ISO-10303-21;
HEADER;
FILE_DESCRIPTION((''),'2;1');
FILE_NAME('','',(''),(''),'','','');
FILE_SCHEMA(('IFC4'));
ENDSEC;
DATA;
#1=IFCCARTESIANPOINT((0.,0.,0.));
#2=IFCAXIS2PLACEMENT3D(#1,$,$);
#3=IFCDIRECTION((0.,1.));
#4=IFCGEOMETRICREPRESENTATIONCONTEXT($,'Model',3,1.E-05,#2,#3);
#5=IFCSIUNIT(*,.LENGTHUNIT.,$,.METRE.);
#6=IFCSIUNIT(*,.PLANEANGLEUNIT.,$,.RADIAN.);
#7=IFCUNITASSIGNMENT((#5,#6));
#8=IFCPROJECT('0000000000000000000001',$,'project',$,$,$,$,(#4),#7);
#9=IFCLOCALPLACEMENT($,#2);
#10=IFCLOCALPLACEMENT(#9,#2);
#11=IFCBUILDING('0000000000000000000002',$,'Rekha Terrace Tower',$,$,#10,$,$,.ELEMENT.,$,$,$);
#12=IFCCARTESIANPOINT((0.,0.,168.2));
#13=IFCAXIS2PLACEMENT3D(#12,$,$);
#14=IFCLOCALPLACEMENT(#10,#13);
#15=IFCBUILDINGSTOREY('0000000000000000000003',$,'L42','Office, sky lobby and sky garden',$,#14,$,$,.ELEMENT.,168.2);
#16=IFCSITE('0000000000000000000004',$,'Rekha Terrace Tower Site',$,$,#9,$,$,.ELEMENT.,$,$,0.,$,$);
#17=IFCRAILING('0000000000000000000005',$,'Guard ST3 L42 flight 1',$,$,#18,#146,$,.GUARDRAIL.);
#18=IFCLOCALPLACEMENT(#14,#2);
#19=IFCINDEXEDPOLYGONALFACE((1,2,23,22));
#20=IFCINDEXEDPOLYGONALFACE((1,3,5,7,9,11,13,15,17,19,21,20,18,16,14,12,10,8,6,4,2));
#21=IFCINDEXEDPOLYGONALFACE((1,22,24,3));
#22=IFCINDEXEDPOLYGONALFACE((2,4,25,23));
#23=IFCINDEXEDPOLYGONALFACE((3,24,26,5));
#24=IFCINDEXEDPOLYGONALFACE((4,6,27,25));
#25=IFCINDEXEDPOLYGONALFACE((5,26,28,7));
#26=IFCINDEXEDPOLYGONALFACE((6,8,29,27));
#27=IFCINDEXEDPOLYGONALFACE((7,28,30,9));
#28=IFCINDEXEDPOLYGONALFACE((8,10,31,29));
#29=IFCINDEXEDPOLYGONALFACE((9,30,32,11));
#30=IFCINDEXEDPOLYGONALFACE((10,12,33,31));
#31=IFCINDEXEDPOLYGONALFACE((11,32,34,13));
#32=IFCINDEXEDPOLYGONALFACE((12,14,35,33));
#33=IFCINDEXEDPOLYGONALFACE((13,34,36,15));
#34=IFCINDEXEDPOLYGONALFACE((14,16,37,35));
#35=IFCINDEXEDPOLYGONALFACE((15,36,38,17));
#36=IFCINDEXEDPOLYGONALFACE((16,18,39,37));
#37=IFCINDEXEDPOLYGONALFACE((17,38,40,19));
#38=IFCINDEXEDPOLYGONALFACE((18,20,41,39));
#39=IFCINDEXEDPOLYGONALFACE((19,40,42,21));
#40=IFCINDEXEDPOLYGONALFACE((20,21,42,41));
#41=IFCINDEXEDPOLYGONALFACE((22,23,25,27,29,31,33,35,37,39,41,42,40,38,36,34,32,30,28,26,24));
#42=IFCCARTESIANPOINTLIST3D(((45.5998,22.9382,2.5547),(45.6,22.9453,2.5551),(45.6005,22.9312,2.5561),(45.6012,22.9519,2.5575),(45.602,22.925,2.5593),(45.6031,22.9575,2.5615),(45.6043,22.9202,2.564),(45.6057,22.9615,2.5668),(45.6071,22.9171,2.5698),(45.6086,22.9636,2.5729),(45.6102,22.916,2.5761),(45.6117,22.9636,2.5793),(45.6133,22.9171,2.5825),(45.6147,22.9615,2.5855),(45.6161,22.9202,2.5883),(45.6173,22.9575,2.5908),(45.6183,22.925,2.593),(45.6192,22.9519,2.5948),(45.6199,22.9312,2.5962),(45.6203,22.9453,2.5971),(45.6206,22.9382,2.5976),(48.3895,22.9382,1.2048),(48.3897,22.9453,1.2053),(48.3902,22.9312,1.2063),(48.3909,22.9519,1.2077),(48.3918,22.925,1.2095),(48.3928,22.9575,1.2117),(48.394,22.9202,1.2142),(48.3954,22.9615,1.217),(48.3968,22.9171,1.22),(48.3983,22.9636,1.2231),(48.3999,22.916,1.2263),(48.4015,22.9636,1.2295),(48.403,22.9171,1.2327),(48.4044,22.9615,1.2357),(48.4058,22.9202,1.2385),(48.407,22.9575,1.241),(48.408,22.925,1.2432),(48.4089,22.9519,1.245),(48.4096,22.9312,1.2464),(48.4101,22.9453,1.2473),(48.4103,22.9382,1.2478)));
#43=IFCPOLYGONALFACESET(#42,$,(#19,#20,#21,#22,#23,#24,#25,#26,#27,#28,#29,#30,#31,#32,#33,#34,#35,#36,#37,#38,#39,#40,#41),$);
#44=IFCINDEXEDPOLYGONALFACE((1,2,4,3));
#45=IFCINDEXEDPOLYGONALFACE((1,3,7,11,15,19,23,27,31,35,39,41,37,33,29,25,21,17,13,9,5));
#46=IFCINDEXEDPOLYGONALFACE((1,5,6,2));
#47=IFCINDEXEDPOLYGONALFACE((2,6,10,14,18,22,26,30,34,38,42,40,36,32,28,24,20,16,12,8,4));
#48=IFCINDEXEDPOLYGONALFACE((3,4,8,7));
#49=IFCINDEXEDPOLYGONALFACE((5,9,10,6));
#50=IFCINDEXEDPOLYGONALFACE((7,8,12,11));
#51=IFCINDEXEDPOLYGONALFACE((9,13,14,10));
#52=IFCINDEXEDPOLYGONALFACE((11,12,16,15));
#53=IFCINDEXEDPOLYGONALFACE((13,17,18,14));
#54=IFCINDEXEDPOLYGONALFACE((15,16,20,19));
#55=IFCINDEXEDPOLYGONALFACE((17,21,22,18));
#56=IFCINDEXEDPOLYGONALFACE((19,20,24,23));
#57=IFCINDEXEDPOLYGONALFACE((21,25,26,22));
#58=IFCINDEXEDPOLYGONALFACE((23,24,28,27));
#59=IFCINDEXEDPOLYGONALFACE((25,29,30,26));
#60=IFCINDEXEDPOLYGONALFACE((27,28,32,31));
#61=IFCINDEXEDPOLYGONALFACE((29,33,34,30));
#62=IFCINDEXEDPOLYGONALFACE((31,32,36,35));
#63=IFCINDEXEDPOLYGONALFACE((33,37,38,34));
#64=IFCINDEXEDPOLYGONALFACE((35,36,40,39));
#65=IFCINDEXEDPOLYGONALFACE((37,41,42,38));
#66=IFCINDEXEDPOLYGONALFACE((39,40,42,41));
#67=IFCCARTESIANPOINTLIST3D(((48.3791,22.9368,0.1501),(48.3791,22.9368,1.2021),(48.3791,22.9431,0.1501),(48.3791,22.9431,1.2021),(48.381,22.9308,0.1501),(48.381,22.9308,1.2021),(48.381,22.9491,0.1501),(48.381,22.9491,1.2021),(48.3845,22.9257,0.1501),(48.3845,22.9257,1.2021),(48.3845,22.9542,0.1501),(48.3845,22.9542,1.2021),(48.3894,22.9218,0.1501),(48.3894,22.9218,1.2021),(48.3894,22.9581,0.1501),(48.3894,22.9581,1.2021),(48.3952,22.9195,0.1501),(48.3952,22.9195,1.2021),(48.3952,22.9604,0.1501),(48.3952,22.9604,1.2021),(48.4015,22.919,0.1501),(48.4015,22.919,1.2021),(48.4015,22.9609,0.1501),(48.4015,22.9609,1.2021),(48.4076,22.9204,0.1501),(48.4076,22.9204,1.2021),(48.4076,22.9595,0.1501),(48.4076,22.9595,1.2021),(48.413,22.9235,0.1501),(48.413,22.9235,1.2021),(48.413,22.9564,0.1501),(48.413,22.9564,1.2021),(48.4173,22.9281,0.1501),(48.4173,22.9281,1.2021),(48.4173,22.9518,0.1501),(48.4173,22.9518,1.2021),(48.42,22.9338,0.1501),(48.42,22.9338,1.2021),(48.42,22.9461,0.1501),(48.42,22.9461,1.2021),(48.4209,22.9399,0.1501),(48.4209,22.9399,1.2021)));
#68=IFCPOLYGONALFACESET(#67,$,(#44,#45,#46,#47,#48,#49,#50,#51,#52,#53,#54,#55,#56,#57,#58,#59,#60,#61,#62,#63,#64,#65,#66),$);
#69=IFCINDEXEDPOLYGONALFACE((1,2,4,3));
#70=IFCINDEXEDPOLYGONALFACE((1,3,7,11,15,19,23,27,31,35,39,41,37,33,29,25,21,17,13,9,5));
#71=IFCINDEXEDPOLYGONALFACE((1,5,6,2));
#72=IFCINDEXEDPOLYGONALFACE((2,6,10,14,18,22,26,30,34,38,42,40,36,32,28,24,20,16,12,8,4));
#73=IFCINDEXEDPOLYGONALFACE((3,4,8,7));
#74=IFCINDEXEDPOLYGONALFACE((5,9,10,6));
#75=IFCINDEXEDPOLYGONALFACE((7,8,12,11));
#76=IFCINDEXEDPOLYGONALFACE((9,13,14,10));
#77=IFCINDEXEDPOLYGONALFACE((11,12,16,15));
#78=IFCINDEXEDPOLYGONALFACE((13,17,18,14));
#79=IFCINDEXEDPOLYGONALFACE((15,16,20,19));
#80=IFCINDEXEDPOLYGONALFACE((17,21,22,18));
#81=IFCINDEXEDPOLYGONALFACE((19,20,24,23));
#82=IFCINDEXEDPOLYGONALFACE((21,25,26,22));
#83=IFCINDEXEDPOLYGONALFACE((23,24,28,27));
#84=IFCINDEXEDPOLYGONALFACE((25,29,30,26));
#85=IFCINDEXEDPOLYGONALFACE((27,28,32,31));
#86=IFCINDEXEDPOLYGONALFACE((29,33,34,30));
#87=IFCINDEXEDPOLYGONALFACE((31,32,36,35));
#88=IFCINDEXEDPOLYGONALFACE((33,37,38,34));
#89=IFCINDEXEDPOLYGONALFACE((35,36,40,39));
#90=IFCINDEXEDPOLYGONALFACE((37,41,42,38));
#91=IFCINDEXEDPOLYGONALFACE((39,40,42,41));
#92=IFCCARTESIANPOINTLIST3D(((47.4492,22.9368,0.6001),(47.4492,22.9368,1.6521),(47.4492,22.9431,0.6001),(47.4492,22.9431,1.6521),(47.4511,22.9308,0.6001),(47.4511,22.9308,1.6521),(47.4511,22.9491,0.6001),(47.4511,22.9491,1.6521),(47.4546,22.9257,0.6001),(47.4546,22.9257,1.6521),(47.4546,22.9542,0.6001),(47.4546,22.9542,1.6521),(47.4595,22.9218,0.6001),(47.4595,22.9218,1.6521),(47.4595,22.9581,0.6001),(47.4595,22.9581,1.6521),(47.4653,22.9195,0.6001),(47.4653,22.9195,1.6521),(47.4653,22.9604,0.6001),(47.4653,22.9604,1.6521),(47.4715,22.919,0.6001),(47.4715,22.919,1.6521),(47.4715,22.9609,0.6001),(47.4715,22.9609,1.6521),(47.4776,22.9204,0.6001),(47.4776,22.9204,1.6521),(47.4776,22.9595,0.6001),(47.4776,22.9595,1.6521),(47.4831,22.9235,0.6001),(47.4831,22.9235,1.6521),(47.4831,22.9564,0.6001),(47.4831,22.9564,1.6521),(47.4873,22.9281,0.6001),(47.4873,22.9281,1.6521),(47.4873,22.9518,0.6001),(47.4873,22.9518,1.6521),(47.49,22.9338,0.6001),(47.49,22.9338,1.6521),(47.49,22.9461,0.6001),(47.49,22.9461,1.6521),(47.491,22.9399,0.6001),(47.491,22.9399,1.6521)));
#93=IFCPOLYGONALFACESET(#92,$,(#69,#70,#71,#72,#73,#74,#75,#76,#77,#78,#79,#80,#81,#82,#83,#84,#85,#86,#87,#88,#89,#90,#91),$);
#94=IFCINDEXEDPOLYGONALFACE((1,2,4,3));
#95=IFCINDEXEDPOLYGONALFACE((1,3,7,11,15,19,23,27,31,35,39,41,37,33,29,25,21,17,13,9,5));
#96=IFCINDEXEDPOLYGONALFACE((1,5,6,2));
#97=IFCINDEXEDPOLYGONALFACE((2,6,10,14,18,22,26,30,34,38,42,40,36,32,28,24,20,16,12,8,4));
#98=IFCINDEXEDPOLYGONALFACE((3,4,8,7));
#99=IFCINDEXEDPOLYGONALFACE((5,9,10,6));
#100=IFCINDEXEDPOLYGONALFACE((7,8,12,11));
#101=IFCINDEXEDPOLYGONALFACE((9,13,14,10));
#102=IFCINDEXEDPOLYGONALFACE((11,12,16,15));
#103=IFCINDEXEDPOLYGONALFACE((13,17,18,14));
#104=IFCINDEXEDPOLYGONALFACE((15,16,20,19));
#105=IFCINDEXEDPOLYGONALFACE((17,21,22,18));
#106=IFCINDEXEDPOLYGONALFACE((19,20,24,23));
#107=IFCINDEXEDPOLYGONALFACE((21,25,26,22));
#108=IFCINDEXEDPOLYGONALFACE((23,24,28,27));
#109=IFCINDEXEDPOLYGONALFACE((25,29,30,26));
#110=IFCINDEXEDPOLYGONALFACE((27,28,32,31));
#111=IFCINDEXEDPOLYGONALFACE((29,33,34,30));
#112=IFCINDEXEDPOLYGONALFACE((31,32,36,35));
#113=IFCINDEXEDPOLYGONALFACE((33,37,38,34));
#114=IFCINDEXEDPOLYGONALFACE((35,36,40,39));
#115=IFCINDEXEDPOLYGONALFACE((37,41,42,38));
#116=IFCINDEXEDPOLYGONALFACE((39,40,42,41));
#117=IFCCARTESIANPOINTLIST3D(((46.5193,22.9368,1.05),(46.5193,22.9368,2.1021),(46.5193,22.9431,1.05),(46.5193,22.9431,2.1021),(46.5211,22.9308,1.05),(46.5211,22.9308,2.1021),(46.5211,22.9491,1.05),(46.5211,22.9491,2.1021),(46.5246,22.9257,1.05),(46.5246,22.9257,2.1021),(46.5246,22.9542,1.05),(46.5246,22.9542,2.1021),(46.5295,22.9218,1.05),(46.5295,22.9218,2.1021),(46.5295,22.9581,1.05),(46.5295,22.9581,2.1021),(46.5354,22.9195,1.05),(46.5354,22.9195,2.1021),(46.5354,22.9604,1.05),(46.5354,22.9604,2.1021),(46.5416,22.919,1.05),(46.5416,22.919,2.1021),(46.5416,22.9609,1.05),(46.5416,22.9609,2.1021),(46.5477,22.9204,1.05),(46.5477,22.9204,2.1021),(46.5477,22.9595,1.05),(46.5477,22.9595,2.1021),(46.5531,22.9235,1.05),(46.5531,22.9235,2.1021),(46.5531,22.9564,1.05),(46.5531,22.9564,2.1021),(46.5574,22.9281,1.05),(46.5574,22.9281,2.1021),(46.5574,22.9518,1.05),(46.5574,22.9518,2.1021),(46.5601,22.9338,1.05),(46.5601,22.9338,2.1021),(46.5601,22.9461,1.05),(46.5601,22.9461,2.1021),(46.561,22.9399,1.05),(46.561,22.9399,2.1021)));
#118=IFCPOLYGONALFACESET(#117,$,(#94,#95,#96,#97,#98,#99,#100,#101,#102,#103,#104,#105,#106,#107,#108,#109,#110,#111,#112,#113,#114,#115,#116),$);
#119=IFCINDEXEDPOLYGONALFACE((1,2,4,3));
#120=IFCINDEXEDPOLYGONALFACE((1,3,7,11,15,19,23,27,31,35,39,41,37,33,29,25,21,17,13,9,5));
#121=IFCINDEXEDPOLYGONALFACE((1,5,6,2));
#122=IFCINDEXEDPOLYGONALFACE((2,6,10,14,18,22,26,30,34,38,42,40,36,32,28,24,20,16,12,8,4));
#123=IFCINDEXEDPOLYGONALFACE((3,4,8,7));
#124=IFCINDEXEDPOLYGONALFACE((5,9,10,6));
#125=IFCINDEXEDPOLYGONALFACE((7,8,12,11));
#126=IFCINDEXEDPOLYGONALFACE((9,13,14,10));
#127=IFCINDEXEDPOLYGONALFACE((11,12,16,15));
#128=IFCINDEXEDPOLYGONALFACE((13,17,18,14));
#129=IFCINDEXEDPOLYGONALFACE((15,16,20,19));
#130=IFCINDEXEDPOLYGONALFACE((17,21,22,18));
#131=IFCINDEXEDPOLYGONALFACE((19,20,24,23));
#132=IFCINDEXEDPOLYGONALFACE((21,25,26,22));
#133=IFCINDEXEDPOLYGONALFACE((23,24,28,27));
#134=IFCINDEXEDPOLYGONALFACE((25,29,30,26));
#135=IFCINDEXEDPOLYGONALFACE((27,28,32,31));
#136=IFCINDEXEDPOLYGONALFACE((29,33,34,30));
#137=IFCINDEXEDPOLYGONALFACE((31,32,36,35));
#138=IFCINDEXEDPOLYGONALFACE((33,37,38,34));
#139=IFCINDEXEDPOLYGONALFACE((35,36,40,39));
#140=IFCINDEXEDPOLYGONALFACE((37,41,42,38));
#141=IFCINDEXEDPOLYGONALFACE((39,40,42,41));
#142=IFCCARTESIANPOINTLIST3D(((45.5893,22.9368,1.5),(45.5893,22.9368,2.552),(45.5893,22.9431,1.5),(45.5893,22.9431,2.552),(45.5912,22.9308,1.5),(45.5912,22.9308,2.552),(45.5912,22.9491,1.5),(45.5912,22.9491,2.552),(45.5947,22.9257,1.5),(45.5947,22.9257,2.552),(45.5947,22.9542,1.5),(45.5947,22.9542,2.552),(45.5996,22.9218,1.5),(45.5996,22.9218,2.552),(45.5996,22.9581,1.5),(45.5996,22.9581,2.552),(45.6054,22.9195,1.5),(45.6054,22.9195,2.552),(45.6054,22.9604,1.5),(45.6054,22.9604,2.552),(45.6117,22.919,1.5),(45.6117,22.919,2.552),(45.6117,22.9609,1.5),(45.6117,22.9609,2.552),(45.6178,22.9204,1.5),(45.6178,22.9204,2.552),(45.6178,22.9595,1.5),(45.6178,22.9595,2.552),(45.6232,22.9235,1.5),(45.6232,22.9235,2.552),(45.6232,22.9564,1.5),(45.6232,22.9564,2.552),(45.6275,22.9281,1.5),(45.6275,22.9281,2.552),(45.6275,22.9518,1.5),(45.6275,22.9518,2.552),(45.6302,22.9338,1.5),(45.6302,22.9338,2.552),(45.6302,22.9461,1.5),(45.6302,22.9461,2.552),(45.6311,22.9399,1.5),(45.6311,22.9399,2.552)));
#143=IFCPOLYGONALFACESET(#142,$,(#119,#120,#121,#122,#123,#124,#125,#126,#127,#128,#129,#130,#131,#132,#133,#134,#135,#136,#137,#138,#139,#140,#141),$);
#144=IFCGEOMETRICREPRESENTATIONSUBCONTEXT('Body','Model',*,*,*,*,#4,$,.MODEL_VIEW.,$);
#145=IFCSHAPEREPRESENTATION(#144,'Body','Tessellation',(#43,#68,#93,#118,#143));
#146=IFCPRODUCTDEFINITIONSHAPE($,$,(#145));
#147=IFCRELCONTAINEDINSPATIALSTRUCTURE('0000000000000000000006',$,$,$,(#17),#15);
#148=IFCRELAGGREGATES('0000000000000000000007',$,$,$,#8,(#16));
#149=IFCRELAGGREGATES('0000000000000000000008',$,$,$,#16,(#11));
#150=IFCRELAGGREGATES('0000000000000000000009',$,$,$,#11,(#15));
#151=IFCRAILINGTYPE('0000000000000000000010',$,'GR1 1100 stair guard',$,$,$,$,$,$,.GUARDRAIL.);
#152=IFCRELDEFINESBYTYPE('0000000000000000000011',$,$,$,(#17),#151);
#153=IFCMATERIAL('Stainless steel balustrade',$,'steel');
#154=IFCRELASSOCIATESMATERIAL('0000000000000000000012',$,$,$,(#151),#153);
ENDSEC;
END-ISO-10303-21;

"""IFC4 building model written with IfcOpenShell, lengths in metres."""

from ifc_helpers import new_model, si_unit, direction, frame, origin, origin_2d, place, context, subcontext, project, spatial, circle, extrude, material, type_object, element, save


model = new_model("IFC4")

# Units and contexts
model_context = context("Model", 3, precision=1e-05, world=origin(), true_north=direction((0.0, 1.0)))
body_context = subcontext(model_context, "Body", "Model", "MODEL_VIEW")
ifc_project = project(units=[si_unit("LENGTHUNIT", "METRE"), si_unit("PLANEANGLEUNIT", "RADIAN")], contexts=[model_context])

# Site, building, storey
site_placement = place(None, origin())
site = spatial("IfcSite", under=ifc_project, at=site_placement, Name="Rekha Terrace Tower Site", CompositionType="ELEMENT", RefElevation=0.0)
building_placement = place(site_placement, origin())
building = spatial("IfcBuilding", under=site, at=building_placement, Name="Rekha Terrace Tower", CompositionType="ELEMENT")
storey_placement = place(building_placement, frame((0.0, 0.0, 168.2)))
storey = spatial("IfcBuildingStorey", under=building, at=storey_placement, Name="L42", Description="Office, sky lobby and sky garden", CompositionType="ELEMENT", Elevation=168.2)

# Railing
ifc_material_1 = material(Name="Stainless steel balustrade", Category="steel")
railing_type_1 = type_object("IfcRailingType", Name="GR1 1100 stair guard", PredefinedType="GUARDRAIL", material=ifc_material_1)
railing_1_placement = place(storey_placement, frame((48.3999, 22.9399, 0.1501)))
element("IfcRailing", 1, at=railing_1_placement, inside=storey, type_object=railing_type_1, Name="Guard ST3 L42 flight 1", PredefinedType="GUARDRAIL", context=body_context, shape_type="SweptSolid", body=[
    extrude(circle(Radius=0.0239, at=origin_2d()), frame((0.0, 0.0, 1.0762), z_axis=(-0.900165, 0.0, 0.435549), x_axis=(0.0, -1.0, 0.0)), (0.0, 0.0, 1.0), 3.0991),
    extrude(circle(Radius=0.021, at=origin_2d()), origin(), (0.0, 0.0, 1.0), 1.052),
    extrude(circle(Radius=0.021, at=origin_2d()), frame((-0.9299, 0.0, 0.45)), (0.0, 0.0, 1.0), 1.052),
    extrude(circle(Radius=0.021, at=origin_2d()), frame((-1.8599, 0.0, 0.8999)), (0.0, 0.0, 1.0), 1.052),
    extrude(circle(Radius=0.021, at=origin_2d()), frame((-2.7898, 0.0, 1.3499)), (0.0, 0.0, 1.0), 1.052),
])

save(model, "model.ifc")
